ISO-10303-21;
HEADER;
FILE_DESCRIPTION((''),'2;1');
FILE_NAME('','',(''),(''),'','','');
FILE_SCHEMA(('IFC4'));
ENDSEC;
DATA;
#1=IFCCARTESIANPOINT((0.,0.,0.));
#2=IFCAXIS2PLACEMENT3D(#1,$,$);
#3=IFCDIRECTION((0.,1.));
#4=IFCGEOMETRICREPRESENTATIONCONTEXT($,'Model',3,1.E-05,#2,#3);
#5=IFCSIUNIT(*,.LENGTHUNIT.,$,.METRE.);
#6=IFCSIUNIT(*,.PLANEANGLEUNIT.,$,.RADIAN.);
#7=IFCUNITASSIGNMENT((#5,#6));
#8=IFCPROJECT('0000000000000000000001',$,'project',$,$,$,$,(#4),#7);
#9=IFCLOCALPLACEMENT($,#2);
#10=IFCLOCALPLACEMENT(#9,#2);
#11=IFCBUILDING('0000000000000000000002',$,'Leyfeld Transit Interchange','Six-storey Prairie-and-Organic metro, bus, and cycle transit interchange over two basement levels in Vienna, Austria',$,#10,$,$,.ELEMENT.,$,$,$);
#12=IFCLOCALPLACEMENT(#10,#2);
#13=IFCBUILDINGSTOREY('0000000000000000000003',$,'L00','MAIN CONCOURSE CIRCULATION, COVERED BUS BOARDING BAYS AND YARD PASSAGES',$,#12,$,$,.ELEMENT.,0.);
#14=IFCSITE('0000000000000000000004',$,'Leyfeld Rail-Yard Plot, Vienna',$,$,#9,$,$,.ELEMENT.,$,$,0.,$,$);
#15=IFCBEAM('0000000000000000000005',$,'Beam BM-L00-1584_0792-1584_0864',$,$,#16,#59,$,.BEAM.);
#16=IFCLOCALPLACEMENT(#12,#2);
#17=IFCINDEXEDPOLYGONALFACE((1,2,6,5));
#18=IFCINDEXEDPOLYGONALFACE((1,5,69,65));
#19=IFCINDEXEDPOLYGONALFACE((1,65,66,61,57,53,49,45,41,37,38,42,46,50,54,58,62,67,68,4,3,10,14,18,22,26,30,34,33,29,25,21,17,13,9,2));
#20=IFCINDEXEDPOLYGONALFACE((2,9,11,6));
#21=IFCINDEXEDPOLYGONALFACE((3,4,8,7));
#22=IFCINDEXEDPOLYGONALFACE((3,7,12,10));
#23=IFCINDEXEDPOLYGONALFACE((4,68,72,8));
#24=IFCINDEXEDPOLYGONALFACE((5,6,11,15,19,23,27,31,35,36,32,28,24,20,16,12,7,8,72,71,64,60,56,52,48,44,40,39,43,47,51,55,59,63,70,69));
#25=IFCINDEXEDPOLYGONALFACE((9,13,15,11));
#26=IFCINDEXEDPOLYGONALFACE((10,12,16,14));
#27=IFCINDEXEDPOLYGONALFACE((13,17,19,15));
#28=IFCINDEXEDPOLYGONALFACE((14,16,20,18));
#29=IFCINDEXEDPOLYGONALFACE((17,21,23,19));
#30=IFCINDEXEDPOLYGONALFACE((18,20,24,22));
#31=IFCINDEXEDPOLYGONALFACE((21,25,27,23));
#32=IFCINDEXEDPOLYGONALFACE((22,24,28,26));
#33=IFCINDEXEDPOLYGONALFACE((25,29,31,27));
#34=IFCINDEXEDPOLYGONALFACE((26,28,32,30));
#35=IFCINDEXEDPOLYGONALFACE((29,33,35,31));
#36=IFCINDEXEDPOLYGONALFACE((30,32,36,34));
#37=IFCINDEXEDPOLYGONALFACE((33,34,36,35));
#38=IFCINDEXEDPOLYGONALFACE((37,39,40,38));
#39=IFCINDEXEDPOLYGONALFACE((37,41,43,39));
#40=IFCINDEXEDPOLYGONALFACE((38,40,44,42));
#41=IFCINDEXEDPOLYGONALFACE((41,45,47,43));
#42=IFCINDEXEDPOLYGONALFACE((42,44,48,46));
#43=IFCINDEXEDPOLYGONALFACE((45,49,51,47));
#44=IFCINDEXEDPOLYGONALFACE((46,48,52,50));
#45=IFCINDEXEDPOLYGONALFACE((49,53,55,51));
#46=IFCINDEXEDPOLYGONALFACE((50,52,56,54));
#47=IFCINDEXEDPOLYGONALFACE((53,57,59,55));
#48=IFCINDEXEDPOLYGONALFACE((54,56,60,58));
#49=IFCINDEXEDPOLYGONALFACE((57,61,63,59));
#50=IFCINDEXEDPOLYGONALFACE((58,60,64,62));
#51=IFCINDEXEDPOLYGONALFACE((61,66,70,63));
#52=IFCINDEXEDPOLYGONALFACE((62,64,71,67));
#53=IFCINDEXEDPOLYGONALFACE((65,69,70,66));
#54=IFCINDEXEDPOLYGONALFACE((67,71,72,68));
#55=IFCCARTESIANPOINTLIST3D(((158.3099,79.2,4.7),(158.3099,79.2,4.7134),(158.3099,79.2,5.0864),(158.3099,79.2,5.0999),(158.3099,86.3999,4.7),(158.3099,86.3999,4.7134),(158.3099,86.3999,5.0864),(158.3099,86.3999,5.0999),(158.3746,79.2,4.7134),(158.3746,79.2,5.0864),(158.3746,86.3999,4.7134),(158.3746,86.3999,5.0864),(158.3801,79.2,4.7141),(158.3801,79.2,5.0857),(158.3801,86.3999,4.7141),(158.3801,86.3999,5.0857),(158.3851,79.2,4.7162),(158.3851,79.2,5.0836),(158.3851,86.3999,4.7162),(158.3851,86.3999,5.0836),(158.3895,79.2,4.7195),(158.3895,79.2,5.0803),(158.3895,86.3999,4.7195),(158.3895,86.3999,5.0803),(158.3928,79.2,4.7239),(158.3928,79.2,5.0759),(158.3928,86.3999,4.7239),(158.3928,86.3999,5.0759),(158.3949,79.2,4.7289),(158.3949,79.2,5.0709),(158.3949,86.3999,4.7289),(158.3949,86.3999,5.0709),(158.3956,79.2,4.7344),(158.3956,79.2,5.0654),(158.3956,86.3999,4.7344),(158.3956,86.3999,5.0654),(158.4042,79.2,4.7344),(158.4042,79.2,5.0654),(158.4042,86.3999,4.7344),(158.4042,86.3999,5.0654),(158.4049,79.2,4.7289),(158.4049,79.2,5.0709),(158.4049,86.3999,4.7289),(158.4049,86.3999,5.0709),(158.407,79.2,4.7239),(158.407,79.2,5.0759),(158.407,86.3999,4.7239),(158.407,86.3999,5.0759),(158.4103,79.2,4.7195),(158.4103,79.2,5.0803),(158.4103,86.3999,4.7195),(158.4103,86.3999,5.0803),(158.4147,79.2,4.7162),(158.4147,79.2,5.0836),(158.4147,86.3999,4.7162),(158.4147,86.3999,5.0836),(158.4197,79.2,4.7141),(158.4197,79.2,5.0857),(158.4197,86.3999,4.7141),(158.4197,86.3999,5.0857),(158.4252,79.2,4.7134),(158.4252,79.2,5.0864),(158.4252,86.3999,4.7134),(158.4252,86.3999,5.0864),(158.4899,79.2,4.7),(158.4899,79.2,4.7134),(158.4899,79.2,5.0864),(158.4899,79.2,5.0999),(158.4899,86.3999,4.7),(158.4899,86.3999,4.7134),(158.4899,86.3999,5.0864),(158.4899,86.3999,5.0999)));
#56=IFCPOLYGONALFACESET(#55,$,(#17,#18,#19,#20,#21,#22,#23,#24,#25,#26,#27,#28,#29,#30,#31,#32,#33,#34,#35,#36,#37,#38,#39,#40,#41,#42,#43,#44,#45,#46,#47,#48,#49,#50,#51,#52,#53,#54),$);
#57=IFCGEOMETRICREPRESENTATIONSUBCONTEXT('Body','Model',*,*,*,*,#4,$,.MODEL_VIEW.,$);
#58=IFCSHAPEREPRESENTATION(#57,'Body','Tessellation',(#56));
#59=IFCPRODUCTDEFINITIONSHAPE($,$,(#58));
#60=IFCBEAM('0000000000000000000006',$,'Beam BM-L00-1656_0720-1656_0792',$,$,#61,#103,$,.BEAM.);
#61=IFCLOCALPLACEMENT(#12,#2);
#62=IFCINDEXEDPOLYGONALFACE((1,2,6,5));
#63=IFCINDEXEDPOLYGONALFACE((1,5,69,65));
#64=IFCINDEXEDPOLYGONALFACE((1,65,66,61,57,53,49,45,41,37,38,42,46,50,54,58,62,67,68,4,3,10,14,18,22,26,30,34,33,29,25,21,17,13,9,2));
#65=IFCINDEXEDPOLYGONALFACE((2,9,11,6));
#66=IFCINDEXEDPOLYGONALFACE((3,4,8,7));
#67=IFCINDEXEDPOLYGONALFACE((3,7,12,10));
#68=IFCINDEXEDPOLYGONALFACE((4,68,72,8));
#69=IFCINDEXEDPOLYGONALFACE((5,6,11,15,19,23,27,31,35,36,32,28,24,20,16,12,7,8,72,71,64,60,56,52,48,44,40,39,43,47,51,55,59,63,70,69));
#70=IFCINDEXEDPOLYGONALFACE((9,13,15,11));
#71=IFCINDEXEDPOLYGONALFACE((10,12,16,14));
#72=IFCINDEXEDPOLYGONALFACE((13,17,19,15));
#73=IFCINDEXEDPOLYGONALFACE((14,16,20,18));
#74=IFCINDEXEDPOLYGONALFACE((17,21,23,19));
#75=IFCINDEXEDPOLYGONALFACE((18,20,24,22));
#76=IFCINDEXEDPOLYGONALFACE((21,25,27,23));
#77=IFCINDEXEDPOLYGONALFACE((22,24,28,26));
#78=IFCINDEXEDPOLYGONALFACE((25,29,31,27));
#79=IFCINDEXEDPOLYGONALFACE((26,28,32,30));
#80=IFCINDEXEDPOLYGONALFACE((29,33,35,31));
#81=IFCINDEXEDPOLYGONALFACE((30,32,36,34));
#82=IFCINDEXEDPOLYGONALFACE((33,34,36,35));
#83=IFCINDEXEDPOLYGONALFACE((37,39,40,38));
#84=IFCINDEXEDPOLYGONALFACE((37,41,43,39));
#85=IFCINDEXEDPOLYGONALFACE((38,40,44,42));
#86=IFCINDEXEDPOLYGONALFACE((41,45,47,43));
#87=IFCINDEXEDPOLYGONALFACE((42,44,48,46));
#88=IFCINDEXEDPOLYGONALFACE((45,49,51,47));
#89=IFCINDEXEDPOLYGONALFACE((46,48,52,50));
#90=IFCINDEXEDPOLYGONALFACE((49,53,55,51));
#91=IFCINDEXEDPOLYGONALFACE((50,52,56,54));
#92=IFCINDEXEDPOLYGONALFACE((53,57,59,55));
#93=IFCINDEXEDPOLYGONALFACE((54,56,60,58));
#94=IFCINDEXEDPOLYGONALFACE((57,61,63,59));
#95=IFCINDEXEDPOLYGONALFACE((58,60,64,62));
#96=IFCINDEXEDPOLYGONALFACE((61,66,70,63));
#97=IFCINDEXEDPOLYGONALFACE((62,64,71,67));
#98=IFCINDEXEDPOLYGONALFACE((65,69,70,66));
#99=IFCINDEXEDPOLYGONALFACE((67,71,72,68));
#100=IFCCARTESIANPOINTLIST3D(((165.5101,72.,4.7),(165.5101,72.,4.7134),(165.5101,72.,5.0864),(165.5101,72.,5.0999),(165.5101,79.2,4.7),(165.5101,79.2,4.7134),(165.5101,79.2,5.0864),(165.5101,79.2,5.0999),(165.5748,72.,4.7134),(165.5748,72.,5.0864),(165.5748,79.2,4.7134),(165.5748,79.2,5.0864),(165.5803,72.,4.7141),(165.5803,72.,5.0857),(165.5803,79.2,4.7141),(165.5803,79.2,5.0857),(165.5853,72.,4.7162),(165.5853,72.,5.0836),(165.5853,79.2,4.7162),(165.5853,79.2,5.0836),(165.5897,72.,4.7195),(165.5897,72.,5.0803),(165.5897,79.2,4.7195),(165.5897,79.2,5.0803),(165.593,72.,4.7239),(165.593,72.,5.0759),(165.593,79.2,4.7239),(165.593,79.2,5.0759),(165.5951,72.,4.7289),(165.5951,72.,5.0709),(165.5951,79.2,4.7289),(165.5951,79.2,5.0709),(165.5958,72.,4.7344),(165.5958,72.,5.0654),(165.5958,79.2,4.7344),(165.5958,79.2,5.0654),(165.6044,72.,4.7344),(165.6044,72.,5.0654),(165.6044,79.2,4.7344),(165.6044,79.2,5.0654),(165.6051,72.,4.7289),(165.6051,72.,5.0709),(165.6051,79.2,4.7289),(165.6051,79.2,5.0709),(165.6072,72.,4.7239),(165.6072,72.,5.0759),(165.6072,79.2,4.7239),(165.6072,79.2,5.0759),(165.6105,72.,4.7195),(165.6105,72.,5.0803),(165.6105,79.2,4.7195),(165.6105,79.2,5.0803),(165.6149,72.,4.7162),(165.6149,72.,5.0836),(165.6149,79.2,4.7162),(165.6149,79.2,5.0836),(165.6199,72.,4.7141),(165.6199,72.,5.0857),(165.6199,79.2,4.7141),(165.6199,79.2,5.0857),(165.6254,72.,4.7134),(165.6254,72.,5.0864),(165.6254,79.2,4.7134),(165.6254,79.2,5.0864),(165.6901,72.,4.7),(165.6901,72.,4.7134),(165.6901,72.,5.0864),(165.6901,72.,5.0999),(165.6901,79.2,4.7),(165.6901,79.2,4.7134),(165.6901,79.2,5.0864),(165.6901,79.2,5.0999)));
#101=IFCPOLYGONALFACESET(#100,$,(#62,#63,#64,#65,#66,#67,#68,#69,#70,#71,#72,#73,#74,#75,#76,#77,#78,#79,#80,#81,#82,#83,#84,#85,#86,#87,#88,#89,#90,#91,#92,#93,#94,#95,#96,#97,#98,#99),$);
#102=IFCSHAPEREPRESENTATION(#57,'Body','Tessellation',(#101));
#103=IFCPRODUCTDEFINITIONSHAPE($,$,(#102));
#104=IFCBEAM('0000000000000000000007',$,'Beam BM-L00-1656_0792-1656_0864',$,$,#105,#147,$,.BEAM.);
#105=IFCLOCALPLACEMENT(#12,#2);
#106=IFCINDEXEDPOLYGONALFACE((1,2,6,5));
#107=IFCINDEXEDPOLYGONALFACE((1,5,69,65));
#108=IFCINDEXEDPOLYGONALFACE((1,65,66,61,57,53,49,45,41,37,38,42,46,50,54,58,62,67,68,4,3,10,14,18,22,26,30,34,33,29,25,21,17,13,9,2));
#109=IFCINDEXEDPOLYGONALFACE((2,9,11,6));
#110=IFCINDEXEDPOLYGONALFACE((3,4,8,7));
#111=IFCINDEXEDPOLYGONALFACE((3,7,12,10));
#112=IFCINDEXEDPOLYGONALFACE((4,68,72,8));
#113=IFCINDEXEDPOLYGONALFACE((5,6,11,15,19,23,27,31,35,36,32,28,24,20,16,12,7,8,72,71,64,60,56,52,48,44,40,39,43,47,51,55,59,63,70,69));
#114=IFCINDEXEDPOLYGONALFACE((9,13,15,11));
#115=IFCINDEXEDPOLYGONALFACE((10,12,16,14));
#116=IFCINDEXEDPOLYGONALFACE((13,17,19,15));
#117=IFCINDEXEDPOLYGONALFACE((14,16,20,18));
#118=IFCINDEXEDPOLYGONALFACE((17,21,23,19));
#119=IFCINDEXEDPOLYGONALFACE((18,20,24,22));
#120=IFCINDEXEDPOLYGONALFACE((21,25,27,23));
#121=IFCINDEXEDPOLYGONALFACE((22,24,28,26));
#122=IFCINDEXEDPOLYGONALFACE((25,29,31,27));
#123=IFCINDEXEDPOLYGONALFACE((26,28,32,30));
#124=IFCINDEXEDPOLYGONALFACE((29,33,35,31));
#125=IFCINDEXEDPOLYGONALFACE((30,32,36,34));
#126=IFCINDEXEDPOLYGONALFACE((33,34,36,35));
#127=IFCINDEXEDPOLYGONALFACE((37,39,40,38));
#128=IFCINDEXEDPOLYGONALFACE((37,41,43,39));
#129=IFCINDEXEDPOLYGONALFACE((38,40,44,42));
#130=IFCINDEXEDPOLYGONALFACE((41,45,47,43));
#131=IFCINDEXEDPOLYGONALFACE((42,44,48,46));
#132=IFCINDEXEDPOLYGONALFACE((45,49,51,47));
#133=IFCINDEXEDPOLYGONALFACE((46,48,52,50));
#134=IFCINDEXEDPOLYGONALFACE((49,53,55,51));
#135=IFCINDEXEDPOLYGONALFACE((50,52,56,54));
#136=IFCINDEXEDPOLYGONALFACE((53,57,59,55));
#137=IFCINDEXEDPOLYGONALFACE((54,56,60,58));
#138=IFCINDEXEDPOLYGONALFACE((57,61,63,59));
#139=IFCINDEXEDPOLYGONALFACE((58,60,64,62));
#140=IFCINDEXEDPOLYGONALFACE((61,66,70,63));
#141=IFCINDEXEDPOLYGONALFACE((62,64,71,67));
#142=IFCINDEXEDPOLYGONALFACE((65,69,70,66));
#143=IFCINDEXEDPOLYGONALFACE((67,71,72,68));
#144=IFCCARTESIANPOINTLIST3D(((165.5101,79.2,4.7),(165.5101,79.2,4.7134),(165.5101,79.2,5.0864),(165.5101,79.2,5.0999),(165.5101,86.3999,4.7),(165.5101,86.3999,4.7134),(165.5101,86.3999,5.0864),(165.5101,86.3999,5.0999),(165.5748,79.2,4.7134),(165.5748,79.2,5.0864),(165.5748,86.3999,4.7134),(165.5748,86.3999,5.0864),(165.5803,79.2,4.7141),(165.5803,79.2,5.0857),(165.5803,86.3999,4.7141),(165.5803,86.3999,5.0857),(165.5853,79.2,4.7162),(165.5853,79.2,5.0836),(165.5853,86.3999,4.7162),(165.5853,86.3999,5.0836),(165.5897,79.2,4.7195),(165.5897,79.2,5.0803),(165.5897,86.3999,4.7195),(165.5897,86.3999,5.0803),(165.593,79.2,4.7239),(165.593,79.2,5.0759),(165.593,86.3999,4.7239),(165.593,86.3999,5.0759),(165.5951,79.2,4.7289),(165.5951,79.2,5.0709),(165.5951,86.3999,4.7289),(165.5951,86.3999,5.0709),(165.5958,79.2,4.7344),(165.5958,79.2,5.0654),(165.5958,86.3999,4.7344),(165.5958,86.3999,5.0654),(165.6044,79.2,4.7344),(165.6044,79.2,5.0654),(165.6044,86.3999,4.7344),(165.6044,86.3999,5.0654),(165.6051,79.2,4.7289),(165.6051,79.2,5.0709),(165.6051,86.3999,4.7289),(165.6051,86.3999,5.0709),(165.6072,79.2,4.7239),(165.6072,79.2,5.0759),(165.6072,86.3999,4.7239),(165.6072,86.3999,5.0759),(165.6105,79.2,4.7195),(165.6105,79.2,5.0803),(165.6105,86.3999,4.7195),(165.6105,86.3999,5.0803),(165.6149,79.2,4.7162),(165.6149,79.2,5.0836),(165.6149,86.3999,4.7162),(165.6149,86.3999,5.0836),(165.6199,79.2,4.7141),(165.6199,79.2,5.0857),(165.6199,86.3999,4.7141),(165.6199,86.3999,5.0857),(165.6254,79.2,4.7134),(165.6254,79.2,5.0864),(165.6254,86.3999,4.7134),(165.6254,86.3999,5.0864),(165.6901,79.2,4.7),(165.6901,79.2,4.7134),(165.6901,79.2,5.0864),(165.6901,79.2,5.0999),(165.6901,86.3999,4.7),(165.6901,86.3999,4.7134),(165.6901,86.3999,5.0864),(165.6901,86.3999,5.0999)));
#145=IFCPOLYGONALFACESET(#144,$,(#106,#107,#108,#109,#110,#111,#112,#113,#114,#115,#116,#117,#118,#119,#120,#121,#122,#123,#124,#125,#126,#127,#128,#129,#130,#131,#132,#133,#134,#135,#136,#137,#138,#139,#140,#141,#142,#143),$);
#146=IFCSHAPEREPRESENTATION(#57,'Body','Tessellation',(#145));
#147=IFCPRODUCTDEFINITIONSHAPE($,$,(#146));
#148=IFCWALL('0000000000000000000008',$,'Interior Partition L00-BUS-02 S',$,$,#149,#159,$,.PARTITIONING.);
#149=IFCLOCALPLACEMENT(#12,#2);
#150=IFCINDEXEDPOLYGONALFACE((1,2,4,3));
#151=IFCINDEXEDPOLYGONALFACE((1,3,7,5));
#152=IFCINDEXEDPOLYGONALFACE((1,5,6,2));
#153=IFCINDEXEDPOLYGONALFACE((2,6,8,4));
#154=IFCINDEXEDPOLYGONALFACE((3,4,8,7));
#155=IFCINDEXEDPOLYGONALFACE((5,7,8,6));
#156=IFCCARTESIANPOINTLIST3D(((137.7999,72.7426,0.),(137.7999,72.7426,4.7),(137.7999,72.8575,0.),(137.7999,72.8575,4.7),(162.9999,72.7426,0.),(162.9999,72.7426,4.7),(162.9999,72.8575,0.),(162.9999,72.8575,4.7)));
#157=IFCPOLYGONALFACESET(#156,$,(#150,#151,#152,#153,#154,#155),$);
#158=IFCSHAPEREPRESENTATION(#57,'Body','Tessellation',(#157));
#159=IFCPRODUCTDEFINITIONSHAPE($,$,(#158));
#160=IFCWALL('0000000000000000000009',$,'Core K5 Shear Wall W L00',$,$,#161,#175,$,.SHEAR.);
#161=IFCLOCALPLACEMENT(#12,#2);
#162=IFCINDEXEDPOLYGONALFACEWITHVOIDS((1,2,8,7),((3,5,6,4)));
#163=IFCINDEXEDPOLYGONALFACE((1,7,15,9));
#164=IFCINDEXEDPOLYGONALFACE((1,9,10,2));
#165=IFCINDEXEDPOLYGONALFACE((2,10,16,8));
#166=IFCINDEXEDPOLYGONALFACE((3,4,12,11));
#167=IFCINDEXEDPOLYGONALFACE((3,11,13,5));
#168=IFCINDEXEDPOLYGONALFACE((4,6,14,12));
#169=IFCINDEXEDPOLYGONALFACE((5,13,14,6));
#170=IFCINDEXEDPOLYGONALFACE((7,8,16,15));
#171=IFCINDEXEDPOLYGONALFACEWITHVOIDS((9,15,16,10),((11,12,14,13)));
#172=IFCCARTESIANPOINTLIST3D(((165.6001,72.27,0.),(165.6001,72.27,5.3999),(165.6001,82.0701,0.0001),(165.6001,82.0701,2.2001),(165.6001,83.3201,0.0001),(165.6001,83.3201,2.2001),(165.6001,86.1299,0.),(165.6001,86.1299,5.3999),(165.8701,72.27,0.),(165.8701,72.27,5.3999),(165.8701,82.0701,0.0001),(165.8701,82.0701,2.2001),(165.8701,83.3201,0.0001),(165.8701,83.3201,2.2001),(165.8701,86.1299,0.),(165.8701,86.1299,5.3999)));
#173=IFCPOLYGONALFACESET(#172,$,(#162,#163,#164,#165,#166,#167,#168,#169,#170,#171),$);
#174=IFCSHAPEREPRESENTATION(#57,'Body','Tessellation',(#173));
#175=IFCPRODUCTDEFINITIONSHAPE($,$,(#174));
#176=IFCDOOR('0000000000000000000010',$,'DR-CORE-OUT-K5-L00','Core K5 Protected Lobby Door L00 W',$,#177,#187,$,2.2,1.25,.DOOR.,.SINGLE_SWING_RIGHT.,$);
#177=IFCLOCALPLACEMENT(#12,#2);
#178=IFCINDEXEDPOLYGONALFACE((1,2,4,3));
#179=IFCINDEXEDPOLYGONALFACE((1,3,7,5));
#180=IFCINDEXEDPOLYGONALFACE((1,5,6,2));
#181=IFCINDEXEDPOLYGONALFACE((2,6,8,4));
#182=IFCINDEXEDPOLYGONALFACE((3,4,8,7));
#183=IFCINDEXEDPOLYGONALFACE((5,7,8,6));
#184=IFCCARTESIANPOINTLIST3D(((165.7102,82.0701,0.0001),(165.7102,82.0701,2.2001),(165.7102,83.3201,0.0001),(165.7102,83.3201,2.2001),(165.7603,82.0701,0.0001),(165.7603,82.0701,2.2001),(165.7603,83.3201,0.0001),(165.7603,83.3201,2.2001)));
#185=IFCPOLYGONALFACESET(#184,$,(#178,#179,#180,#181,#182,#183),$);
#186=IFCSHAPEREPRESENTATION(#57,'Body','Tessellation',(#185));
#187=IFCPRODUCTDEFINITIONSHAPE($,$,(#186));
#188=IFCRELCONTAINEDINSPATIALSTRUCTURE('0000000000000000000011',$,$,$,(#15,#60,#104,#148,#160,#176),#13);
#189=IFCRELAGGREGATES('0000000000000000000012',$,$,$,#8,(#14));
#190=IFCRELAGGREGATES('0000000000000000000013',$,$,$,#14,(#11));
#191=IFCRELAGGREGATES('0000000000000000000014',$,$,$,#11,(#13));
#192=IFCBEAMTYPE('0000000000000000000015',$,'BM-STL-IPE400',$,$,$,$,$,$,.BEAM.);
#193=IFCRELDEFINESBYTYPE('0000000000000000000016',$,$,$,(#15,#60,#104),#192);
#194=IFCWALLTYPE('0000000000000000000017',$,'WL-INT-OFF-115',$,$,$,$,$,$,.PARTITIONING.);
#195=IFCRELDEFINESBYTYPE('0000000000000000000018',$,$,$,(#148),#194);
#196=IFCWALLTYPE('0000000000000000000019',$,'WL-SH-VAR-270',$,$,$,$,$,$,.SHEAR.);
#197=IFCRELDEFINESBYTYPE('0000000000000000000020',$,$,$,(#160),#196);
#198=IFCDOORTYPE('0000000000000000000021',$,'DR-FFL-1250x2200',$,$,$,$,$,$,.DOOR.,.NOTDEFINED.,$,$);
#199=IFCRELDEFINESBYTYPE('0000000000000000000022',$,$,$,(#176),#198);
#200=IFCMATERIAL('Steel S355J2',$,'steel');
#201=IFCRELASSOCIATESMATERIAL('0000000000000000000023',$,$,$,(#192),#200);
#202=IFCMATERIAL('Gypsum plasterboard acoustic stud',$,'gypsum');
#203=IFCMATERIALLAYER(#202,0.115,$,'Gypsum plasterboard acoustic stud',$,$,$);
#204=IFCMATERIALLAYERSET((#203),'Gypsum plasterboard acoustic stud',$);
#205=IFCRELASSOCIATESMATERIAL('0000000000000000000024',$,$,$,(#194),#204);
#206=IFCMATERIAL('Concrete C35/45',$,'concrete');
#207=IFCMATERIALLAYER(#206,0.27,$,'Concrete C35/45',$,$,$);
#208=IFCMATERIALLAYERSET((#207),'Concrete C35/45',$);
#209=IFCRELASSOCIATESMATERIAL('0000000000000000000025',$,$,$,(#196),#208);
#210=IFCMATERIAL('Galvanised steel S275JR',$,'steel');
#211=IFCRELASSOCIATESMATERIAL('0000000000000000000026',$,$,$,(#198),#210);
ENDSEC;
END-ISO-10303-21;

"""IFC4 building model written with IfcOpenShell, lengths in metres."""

from ifc_helpers import new_model, si_unit, direction, frame, frame_2d, origin, origin_2d, place, context, subcontext, project, spatial, rectangle, i_section, extrude, material, layer, layer_set, material_profile, profile_set, type_object, element, fill, save


model = new_model("IFC4")

# Units and contexts
model_context = context("Model", 3, precision=1e-05, world=origin(), true_north=direction((0.0, 1.0)))
body_context = subcontext(model_context, "Body", "Model", "MODEL_VIEW")
ifc_project = project(units=[si_unit("LENGTHUNIT", "METRE"), si_unit("PLANEANGLEUNIT", "RADIAN")], contexts=[model_context])

# Site, building, storey
site_placement = place(None, origin())
site = spatial("IfcSite", under=ifc_project, at=site_placement, Name="Leyfeld Rail-Yard Plot, Vienna", CompositionType="ELEMENT", RefElevation=0.0)
building_placement = place(site_placement, origin())
building = spatial("IfcBuilding", under=site, at=building_placement, Name="Leyfeld Transit Interchange", Description="Six-storey Prairie-and-Organic metro, bus, and cycle transit interchange over two basement levels in Vienna, Austria", CompositionType="ELEMENT")
storey_placement = place(building_placement, origin())
storey = spatial("IfcBuildingStorey", under=building, at=storey_placement, Name="L00", Description="MAIN CONCOURSE CIRCULATION, COVERED BUS BOARDING BAYS AND YARD PASSAGES", CompositionType="ELEMENT", Elevation=0.0)

# Shared definitions
ifc_material_1 = material(Name="Concrete C35/45", Category="concrete")

# Beams
ifc_material_2 = material(Name="Steel S355J2", Category="steel")
ifc_material_profile_1 = material_profile(ifc_material_2, i_section(OverallWidth=0.1799, OverallDepth=0.3999, WebThickness=0.0085, FlangeThickness=0.0134, FilletRadius=0.021, at=origin_2d()), Name="IPE 400")
ifc_profile_set_1 = profile_set([ifc_material_profile_1], Name="Steel S355J2")
beam_type_1 = type_object("IfcBeamType", Name="BM-STL-IPE400", PredefinedType="BEAM", material=ifc_profile_set_1)
for number, where, z_axis, x_axis, name in (
    (1, (158.3999, 79.2, 4.8999), (0.0, 1.0, 0.0), (-1.0, 0.0, 0.0), "Beam BM-L00-1584_0792-1584_0864"),
    (2, (165.6001, 72.0, 4.8999), (0.0, 1.0, 0.0), (-1.0, 0.0, 0.0), "Beam BM-L00-1656_0720-1656_0792"),
    (3, (165.6001, 79.2, 4.8999), (0.0, 1.0, 0.0), (-1.0, 0.0, 0.0), "Beam BM-L00-1656_0792-1656_0864"),
):
    element("IfcBeam", number, at=place(storey_placement, frame(where, z_axis=z_axis, x_axis=x_axis)), inside=storey, type_object=beam_type_1, Name=name, PredefinedType="BEAM", context=body_context, shape_type="SweptSolid", body=[
        extrude(i_section(OverallWidth=0.1799, OverallDepth=0.3999, WebThickness=0.0085, FlangeThickness=0.0134, FilletRadius=0.021, at=origin_2d()), origin(), (0.0, 0.0, 1.0), 7.2),
    ])

# Wall
ifc_material_3 = material(Name="Gypsum plasterboard acoustic stud", Category="gypsum")
ifc_layer_1 = layer(ifc_material_3, 0.115, Name="Gypsum plasterboard acoustic stud")
ifc_layer_set_1 = layer_set([ifc_layer_1], Name="Gypsum plasterboard acoustic stud")
wall_type_1 = type_object("IfcWallType", Name="WL-INT-OFF-115", PredefinedType="PARTITIONING", material=ifc_layer_set_1)
wall_1_placement = place(storey_placement, frame((163.0, 72.8, 0.0), z_axis=(0.0, 0.0, 1.0), x_axis=(-1.0, 0.0, 0.0)))
element("IfcWall", 4, at=wall_1_placement, inside=storey, type_object=wall_type_1, Name="Interior Partition L00-BUS-02 S", PredefinedType="PARTITIONING", context=body_context, shape_type="SweptSolid", body=[
    extrude(rectangle(XDim=25.2, YDim=0.115, at=frame_2d((12.6001, 0.0))), origin(), (0.0, 0.0, 1.0), 4.7),
])

# Wall, opening, door
ifc_layer_2 = layer(ifc_material_1, 0.27, Name="Concrete C35/45")
ifc_layer_set_2 = layer_set([ifc_layer_2], Name="Concrete C35/45")
wall_type_2 = type_object("IfcWallType", Name="WL-SH-VAR-270", PredefinedType="SHEAR", material=ifc_layer_set_2)
wall_2_placement = place(storey_placement, frame((165.7351, 72.27, 0.0), z_axis=(0.0, 0.0, 1.0), x_axis=(0.0, 1.0, 0.0)))
wall_2 = element("IfcWall", 5, at=wall_2_placement, inside=storey, type_object=wall_type_2, Name="Core K5 Shear Wall W L00", PredefinedType="SHEAR", context=body_context, shape_type="SweptSolid", body=[
    extrude(rectangle(XDim=13.8599, YDim=0.27, at=frame_2d((6.9299, 0.0))), origin(), (0.0, 0.0, 1.0), 5.3999),
])
opening_placement = place(wall_2_placement, frame((9.8, 0.0, 0.0)))
opening = element("IfcOpeningElement", 6, at=opening_placement, cuts=wall_2, PredefinedType="OPENING", context=body_context, shape_type="SweptSolid", body=[
    extrude(rectangle(XDim=1.25, YDim=2.2, at=frame_2d((0.625, 1.1001))), frame((0.0, 0.145, 0.0), z_axis=(0.0, -1.0, 0.0), x_axis=(1.0, 0.0, 0.0)), (0.0, 0.0, 1.0), 0.29),
])
ifc_material_4 = material(Name="Galvanised steel S275JR", Category="steel")
door_type = type_object("IfcDoorType", Name="DR-FFL-1250x2200", OperationType="NOTDEFINED", PredefinedType="DOOR", material=ifc_material_4)
door_placement = place(opening_placement, origin())
door = element("IfcDoor", 7, at=door_placement, inside=storey, type_object=door_type, Name="DR-CORE-OUT-K5-L00", Description="Core K5 Protected Lobby Door L00 W", OperationType="SINGLE_SWING_RIGHT", OverallHeight=2.2, OverallWidth=1.25, PredefinedType="DOOR", context=body_context, shape_type="SweptSolid", body=[
    extrude(rectangle(XDim=1.25, YDim=2.2, at=frame_2d((0.625, 1.1001))), frame((0.0, 0.0249, 0.0), z_axis=(0.0, -1.0, 0.0), x_axis=(1.0, 0.0, 0.0)), (0.0, 0.0, 1.0), 0.05),
])
fill(opening, door)

save(model, "model.ifc")
